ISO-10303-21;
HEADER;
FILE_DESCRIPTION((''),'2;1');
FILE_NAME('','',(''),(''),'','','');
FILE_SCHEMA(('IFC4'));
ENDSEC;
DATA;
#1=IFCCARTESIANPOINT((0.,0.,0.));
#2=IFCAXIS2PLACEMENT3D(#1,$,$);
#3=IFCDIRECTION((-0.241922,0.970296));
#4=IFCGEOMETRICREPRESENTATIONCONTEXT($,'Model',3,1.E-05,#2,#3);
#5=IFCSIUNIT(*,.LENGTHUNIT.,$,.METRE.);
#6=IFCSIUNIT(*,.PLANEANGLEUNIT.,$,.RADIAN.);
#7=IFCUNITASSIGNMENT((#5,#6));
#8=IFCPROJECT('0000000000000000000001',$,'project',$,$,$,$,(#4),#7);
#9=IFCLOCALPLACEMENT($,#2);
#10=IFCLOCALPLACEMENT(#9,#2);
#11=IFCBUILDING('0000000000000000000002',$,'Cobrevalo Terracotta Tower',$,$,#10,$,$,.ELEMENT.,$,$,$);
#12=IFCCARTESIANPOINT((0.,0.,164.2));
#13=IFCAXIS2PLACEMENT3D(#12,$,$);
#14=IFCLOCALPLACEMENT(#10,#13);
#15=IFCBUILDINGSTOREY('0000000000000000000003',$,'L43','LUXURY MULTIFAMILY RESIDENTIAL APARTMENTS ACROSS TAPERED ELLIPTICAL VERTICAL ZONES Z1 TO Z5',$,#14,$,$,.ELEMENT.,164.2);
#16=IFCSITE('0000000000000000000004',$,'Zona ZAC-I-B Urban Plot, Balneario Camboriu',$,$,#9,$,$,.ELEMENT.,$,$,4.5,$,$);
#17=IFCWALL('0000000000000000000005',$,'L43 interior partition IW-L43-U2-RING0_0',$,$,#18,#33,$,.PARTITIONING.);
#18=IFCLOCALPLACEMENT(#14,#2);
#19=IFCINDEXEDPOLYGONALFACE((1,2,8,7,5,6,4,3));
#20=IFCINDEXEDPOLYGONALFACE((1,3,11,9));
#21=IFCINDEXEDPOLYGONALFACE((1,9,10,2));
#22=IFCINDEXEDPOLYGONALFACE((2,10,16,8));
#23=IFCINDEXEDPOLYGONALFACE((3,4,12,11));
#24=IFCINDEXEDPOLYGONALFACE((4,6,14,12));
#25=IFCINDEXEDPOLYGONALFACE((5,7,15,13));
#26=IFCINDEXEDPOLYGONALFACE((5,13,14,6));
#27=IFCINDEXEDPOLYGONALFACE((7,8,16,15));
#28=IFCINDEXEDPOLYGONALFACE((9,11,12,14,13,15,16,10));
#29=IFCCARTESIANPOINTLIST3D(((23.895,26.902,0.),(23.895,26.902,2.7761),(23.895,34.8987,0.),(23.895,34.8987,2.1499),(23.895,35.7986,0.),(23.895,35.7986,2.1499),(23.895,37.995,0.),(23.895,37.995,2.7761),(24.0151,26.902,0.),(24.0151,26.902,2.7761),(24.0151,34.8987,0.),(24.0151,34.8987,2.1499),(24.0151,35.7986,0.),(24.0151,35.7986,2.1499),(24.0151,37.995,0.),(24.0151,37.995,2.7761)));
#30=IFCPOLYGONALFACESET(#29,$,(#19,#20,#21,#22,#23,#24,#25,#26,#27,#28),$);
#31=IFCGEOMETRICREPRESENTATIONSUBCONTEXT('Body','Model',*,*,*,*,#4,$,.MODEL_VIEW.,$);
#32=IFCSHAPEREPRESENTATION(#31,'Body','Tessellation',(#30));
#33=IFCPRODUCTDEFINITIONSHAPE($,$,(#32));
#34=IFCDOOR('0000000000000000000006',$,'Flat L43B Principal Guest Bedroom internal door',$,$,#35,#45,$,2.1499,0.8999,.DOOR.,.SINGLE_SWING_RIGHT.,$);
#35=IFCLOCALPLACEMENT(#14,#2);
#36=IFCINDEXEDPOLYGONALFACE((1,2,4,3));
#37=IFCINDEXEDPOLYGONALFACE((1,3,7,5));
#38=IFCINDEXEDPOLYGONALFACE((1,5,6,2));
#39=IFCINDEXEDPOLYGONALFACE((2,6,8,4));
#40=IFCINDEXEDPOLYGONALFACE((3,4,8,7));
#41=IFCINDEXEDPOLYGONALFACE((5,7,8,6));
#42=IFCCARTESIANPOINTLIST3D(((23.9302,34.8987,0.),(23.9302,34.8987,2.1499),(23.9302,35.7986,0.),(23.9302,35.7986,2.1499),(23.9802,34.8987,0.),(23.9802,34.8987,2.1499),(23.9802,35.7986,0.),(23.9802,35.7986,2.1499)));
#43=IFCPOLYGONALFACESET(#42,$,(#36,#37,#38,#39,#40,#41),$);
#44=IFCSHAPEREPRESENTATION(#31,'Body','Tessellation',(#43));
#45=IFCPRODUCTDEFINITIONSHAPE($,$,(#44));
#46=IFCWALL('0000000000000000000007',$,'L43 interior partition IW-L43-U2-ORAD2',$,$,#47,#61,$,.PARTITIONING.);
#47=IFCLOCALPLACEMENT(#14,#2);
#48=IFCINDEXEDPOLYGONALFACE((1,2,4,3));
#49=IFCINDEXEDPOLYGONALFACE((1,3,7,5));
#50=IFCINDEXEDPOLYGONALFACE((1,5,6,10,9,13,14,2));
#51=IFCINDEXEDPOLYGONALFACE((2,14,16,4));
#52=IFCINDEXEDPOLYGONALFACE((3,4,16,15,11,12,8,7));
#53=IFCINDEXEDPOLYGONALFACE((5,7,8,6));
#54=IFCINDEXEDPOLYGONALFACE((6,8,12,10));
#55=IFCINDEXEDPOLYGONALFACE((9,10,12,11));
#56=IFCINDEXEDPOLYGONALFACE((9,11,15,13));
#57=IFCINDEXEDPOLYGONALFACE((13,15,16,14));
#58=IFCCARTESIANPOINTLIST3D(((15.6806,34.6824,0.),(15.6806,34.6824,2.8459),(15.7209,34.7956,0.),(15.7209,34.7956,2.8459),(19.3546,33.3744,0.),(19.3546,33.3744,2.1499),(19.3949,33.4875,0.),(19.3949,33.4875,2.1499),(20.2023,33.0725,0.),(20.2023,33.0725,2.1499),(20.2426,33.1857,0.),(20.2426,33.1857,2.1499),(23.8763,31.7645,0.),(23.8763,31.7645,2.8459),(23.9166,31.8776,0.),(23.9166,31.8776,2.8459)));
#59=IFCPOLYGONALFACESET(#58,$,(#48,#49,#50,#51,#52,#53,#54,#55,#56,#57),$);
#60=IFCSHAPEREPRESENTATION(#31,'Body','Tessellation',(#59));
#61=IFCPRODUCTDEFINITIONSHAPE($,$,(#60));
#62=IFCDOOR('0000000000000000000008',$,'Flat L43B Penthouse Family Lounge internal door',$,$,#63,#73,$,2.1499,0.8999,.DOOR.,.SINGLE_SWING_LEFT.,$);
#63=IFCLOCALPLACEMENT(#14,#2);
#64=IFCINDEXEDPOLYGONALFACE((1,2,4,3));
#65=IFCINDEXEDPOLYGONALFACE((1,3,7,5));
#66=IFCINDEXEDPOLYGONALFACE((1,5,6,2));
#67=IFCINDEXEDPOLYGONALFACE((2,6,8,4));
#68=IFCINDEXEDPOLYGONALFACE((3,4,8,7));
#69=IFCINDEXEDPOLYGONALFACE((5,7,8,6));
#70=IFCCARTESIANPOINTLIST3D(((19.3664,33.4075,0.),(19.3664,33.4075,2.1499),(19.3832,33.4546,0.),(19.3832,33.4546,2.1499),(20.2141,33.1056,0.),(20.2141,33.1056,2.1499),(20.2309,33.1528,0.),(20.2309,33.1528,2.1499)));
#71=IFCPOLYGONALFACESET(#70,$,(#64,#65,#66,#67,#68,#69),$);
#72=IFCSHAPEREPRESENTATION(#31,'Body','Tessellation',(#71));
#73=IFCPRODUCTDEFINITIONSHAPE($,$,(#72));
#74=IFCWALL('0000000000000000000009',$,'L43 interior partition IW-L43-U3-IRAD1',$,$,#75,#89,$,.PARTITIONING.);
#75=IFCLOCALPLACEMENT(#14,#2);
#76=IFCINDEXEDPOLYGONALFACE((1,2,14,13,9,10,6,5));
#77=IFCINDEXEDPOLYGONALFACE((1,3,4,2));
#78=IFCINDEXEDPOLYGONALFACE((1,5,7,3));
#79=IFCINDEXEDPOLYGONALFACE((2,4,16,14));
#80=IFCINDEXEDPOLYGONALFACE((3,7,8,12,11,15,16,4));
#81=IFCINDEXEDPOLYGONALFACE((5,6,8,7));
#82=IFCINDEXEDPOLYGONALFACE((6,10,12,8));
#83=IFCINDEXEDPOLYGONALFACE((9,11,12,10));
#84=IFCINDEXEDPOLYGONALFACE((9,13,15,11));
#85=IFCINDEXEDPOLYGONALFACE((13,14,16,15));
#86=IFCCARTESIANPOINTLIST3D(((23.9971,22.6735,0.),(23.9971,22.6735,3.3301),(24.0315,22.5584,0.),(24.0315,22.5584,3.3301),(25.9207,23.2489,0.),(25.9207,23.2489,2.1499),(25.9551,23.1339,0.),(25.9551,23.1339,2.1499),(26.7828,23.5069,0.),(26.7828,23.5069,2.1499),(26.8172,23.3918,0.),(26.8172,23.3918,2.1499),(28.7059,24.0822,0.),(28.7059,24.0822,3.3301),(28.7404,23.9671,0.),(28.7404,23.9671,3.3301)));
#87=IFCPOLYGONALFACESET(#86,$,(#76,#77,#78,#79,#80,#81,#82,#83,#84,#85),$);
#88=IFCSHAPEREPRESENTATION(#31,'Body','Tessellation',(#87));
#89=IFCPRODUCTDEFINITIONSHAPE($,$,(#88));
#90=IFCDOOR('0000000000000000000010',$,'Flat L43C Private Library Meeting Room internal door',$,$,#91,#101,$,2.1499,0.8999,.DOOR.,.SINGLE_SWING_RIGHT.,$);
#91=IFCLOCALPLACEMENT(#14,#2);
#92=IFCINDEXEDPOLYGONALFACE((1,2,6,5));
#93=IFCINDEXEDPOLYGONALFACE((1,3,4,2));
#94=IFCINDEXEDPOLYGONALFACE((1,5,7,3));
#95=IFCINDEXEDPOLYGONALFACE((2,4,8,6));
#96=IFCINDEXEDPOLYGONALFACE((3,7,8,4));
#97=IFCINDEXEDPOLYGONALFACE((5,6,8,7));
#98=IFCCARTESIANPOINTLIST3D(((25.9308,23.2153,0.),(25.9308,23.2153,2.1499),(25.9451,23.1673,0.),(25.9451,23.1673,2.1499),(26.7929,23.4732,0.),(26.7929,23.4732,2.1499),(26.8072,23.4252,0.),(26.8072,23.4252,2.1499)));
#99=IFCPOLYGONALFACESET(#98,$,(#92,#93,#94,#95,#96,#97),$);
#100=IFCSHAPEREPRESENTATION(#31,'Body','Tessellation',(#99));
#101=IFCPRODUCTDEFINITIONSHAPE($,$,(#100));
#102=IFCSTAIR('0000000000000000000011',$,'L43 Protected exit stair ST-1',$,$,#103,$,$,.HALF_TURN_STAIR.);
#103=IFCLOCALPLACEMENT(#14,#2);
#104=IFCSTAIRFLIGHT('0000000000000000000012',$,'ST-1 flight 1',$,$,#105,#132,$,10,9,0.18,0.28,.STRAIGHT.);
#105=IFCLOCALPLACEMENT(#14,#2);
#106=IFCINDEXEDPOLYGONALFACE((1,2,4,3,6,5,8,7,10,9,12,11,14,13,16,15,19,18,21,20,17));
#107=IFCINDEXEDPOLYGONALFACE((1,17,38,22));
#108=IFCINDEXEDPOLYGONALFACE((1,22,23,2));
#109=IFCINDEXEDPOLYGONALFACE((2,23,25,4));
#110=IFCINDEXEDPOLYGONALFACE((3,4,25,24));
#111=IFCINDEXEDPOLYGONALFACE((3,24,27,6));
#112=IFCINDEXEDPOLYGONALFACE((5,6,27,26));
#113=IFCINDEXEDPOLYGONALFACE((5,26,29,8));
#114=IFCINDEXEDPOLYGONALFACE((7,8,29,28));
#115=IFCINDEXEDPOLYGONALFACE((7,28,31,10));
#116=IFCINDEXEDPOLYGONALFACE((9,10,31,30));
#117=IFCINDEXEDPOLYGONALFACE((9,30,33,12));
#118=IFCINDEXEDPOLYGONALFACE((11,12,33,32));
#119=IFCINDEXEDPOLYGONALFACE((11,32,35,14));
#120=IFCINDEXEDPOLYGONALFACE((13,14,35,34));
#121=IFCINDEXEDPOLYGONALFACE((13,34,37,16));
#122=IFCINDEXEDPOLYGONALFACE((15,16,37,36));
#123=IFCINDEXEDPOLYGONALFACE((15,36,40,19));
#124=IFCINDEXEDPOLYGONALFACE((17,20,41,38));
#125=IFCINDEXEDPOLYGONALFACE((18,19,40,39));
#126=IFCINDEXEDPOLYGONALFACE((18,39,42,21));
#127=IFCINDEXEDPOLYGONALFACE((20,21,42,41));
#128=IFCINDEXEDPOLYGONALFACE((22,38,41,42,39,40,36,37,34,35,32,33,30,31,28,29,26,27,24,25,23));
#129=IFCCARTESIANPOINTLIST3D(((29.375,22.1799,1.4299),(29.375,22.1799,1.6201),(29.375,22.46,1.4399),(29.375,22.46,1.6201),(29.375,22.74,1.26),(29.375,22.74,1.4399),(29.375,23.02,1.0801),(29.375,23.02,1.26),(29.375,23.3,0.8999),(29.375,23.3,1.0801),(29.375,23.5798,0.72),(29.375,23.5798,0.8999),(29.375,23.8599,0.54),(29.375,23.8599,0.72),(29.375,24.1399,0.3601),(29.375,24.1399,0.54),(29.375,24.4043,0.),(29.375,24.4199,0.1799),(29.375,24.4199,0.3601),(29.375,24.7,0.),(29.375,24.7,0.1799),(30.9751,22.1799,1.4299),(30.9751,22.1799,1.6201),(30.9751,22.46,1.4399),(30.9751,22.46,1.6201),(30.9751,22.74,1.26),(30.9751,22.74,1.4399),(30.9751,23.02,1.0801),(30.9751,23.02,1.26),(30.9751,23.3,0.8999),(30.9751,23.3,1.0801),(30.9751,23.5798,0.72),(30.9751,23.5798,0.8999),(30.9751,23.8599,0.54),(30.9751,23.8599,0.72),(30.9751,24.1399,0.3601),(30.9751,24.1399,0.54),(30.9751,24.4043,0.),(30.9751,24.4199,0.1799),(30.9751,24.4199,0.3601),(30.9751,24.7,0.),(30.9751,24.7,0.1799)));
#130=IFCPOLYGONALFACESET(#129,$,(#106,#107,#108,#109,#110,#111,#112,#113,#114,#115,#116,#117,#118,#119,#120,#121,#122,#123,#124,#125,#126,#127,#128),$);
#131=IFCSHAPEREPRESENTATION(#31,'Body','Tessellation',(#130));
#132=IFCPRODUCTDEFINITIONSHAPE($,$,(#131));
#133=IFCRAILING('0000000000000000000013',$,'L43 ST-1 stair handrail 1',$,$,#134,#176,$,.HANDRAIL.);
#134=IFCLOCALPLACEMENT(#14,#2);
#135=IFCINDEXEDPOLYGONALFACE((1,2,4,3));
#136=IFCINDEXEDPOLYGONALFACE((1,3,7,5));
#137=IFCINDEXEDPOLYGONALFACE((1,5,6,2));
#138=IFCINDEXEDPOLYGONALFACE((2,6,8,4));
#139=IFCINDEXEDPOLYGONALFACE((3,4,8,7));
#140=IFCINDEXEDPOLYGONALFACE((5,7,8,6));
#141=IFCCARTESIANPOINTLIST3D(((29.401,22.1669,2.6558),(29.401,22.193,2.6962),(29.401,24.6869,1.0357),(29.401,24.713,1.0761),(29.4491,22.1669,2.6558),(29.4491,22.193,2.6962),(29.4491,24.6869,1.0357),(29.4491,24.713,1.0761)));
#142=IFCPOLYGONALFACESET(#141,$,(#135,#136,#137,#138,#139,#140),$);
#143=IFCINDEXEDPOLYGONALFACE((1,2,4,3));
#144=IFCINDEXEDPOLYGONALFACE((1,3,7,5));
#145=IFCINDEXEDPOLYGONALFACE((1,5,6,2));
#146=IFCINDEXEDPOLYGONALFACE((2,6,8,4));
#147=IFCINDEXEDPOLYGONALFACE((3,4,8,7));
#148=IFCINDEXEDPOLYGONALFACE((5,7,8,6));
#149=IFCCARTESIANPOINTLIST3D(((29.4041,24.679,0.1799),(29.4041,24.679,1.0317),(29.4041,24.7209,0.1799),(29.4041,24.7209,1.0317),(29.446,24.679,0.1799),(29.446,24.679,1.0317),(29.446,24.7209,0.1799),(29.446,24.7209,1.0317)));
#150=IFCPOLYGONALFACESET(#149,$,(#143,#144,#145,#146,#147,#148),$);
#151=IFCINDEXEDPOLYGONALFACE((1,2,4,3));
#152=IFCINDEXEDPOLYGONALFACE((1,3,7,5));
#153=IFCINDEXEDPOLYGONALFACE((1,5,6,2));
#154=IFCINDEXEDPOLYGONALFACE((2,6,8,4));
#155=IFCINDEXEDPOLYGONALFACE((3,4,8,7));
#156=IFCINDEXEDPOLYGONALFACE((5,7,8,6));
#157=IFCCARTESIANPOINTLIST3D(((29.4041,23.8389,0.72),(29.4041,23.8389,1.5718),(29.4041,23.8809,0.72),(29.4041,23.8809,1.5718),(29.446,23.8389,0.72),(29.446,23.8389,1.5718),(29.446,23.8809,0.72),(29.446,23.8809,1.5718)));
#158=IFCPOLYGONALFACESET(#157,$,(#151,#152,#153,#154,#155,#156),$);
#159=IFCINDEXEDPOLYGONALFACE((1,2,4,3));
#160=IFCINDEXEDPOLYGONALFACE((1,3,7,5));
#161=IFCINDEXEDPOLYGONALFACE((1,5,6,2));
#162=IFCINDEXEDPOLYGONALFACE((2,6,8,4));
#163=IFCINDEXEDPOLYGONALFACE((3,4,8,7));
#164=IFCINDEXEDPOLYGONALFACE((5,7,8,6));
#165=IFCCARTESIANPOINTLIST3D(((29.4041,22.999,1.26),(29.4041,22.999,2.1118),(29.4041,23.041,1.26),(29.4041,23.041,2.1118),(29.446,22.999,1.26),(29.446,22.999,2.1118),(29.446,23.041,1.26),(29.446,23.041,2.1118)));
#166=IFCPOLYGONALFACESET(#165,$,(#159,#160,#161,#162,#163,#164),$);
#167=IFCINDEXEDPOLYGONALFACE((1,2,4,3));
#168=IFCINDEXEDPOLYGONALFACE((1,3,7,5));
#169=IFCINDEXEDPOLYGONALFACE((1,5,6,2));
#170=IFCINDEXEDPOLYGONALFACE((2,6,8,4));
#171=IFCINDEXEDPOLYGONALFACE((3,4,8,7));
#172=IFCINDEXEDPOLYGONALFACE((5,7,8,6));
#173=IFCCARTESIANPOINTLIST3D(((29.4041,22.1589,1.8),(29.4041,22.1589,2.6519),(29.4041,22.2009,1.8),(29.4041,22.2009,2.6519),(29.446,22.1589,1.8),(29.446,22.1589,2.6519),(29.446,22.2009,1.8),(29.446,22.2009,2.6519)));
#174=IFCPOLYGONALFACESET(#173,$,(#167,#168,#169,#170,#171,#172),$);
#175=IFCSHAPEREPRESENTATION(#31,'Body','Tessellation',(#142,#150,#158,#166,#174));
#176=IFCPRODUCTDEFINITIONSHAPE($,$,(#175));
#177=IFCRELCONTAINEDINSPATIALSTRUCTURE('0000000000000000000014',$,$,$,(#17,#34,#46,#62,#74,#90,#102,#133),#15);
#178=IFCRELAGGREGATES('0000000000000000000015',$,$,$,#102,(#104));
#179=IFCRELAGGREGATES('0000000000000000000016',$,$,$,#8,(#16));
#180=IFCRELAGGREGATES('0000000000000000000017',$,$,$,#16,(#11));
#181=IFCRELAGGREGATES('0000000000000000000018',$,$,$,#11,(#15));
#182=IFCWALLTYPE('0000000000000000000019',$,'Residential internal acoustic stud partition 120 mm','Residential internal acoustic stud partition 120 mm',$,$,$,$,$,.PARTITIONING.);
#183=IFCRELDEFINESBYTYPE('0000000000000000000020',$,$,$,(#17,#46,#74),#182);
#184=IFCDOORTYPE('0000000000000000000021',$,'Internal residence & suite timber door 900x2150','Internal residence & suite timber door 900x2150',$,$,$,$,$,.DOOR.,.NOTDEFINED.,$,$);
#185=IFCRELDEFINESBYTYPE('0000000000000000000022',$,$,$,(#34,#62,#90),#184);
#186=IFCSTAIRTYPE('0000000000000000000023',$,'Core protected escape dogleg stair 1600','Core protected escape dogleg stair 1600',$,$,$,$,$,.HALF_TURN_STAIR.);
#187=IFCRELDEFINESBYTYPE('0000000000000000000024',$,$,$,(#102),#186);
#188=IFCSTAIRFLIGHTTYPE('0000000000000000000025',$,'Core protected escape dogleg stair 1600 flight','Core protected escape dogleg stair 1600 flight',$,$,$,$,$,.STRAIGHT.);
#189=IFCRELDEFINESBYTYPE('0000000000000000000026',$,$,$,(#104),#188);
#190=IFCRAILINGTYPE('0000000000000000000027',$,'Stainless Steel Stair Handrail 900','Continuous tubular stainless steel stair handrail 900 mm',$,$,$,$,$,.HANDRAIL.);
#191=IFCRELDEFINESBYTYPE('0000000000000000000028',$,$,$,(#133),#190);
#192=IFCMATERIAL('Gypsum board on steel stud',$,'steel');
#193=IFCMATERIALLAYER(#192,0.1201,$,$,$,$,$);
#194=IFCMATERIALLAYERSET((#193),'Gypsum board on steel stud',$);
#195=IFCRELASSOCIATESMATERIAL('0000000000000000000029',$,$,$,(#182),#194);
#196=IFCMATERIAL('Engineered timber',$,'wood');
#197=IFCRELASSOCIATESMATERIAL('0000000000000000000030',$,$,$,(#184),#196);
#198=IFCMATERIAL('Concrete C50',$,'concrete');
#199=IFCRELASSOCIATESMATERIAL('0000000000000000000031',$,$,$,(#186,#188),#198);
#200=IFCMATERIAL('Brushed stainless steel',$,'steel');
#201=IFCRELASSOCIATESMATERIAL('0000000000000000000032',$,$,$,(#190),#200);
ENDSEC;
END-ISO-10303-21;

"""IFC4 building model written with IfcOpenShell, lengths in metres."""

from ifc_helpers import new_model, si_unit, direction, frame, frame_2d, origin, origin_2d, place, context, subcontext, project, spatial, polyline, rectangle, outline, extrude, source, transform, mapped, material, layer, layer_set, type_object, element, fill, aggregate, save


model = new_model("IFC4")

# Units and contexts
model_context = context("Model", 3, precision=1e-05, world=origin(), true_north=direction((-0.241922, 0.970296)))
body_context = subcontext(model_context, "Body", "Model", "MODEL_VIEW")
ifc_project = project(units=[si_unit("LENGTHUNIT", "METRE"), si_unit("PLANEANGLEUNIT", "RADIAN")], contexts=[model_context])

# Site, building, storey
site_placement = place(None, origin())
site = spatial("IfcSite", under=ifc_project, at=site_placement, Name="Zona ZAC-I-B Urban Plot, Balneario Camboriu", CompositionType="ELEMENT", RefElevation=4.5)
building_placement = place(site_placement, origin())
building = spatial("IfcBuilding", under=site, at=building_placement, Name="Cobrevalo Terracotta Tower", CompositionType="ELEMENT")
storey_placement = place(building_placement, frame((0.0, 0.0, 164.2)))
storey = spatial("IfcBuildingStorey", under=building, at=storey_placement, Name="L43", Description="LUXURY MULTIFAMILY RESIDENTIAL APARTMENTS ACROSS TAPERED ELLIPTICAL VERTICAL ZONES Z1 TO Z5", CompositionType="ELEMENT", Elevation=164.2)

# Shared definitions
ifc_material_1 = material(Name="Gypsum board on steel stud", Category="steel")

# Shared definitions
ifc_material_2 = material(Name="Brushed stainless steel", Category="steel")

# Walls, openings, doors
ifc_layer_1 = layer(ifc_material_1, 0.1201)
ifc_layer_set_1 = layer_set([ifc_layer_1], Name="Gypsum board on steel stud")
wall_type_1 = type_object("IfcWallType", Name="Residential internal acoustic stud partition 120 mm", Description="Residential internal acoustic stud partition 120 mm", PredefinedType="PARTITIONING", material=ifc_layer_set_1)
wall_1_placement = place(storey_placement, frame((23.9551, 26.9021, 0.0), z_axis=(0.0, 0.0, 1.0), x_axis=(0.0, 1.0, 0.0)))
wall_1 = element("IfcWall", 1, at=wall_1_placement, inside=storey, type_object=wall_type_1, Name="L43 interior partition IW-L43-U2-RING0_0", PredefinedType="PARTITIONING", context=body_context, shape_type="SweptSolid", body=[
    extrude(rectangle(XDim=11.093, YDim=0.1201, at=frame_2d((5.5464, 0.0))), origin(), (0.0, 0.0, 1.0), 2.7761),
])
opening_1_placement = place(wall_1_placement, frame((7.9966, 0.0, 0.0)))
opening_1 = element("IfcOpeningElement", 2, at=opening_1_placement, cuts=wall_1, PredefinedType="OPENING", context=body_context, shape_type="SweptSolid", body=[
    extrude(rectangle(XDim=0.8999, YDim=2.1499, at=frame_2d((0.45, 1.075))), frame((0.0, 0.0701, 0.0), z_axis=(0.0, -1.0, 0.0), x_axis=(1.0, 0.0, 0.0)), (0.0, 0.0, 1.0), 0.1401),
])
ifc_material_3 = material(Name="Engineered timber", Category="wood")
door_type_1 = type_object("IfcDoorType", Name="Internal residence & suite timber door 900x2150", Description="Internal residence & suite timber door 900x2150", OperationType="NOTDEFINED", PredefinedType="DOOR", material=ifc_material_3)
shared_shape_1 = source(origin(), body_context, "Body", "SweptSolid", [
    extrude(rectangle(XDim=0.8999, YDim=2.1499, at=frame_2d((0.45, 1.075))), frame((0.0, 0.0249, 0.0), z_axis=(0.0, -1.0, 0.0), x_axis=(1.0, 0.0, 0.0)), (0.0, 0.0, 1.0), 0.05),
])
door_1_placement = place(opening_1_placement, origin())
door_1 = element("IfcDoor", 3, at=door_1_placement, inside=storey, type_object=door_type_1, Name="Flat L43B Principal Guest Bedroom internal door", OperationType="SINGLE_SWING_RIGHT", OverallHeight=2.1499, OverallWidth=0.8999, PredefinedType="DOOR", context=body_context, shape_type="MappedRepresentation", body=[
    mapped(shared_shape_1, transform((0.0, 0.0, 0.0), scale=1.0)),
])
fill(opening_1, door_1)
wall_2_placement = place(storey_placement, frame((23.8965, 31.821, 0.0), z_axis=(0.0, 0.0, 1.0), x_axis=(-0.942073, 0.335408, 0.0)))
wall_2 = element("IfcWall", 4, at=wall_2_placement, inside=storey, type_object=wall_type_1, Name="L43 interior partition IW-L43-U2-ORAD2", PredefinedType="PARTITIONING", context=body_context, shape_type="SweptSolid", body=[
    extrude(rectangle(XDim=8.6997, YDim=0.1201, at=frame_2d((4.3499, 0.0))), origin(), (0.0, 0.0, 1.0), 2.8459),
])
opening_2_placement = place(wall_2_placement, frame((3.8999, 0.0, 0.0)))
opening_2 = element("IfcOpeningElement", 5, at=opening_2_placement, cuts=wall_2, PredefinedType="OPENING", context=body_context, shape_type="SweptSolid", body=[
    extrude(rectangle(XDim=0.8999, YDim=2.1499, at=frame_2d((0.45, 1.075))), frame((0.0, 0.0701, 0.0), z_axis=(0.0, -1.0, 0.0), x_axis=(1.0, 0.0, 0.0)), (0.0, 0.0, 1.0), 0.1401),
])
door_2_placement = place(opening_2_placement, origin())
door_2 = element("IfcDoor", 6, at=door_2_placement, inside=storey, type_object=door_type_1, Name="Flat L43B Penthouse Family Lounge internal door", OperationType="SINGLE_SWING_LEFT", OverallHeight=2.1499, OverallWidth=0.8999, PredefinedType="DOOR", context=body_context, shape_type="MappedRepresentation", body=[
    mapped(shared_shape_1, transform((0.0, 0.0, 0.0), scale=1.0)),
])
fill(opening_2, door_2)
wall_3_placement = place(storey_placement, frame((28.7231, 24.0247, 0.0), z_axis=(0.0, 0.0, 1.0), x_axis=(-0.958046, -0.286614, 0.0)))
wall_3 = element("IfcWall", 7, at=wall_3_placement, inside=storey, type_object=wall_type_1, Name="L43 interior partition IW-L43-U3-IRAD1", PredefinedType="PARTITIONING", context=body_context, shape_type="SweptSolid", body=[
    extrude(rectangle(XDim=4.915, YDim=0.1201, at=frame_2d((2.4575, 0.0))), origin(), (0.0, 0.0, 1.0), 3.3301),
])
opening_3_placement = place(wall_3_placement, frame((2.0073, 0.0, 0.0)))
opening_3 = element("IfcOpeningElement", 8, at=opening_3_placement, cuts=wall_3, PredefinedType="OPENING", context=body_context, shape_type="SweptSolid", body=[
    extrude(rectangle(XDim=0.8999, YDim=2.1499, at=frame_2d((0.45, 1.075))), frame((0.0, 0.0701, 0.0), z_axis=(0.0, -1.0, 0.0), x_axis=(1.0, 0.0, 0.0)), (0.0, 0.0, 1.0), 0.1401),
])
door_3_placement = place(opening_3_placement, frame((0.8999, 0.0, 0.0), z_axis=(0.0, 0.0, 1.0), x_axis=(-1.0, 0.0, 0.0)))
door_3 = element("IfcDoor", 9, at=door_3_placement, inside=storey, type_object=door_type_1, Name="Flat L43C Private Library Meeting Room internal door", OperationType="SINGLE_SWING_RIGHT", OverallHeight=2.1499, OverallWidth=0.8999, PredefinedType="DOOR", context=body_context, shape_type="MappedRepresentation", body=[
    mapped(shared_shape_1, transform((0.0, 0.0, 0.0), scale=1.0)),
])
fill(opening_3, door_3)
ifc_material_4 = material(Name="Concrete C50", Category="concrete")

# Stair, stair flight
stair_type = type_object("IfcStairType", Name="Core protected escape dogleg stair 1600", Description="Core protected escape dogleg stair 1600", PredefinedType="HALF_TURN_STAIR", material=ifc_material_4)
stair_placement = place(storey_placement, origin())
stair = element("IfcStair", 10, at=stair_placement, inside=storey, type_object=stair_type, Name="L43 Protected exit stair ST-1", PredefinedType="HALF_TURN_STAIR")
stair_flight_type = type_object("IfcStairFlightType", Name="Core protected escape dogleg stair 1600 flight", Description="Core protected escape dogleg stair 1600 flight", PredefinedType="STRAIGHT", material=ifc_material_4)
stair_flight_placement = place(storey_placement, frame((30.175, 24.7, 0.0), z_axis=(0.0, 0.0, 1.0), x_axis=(0.0, -1.0, 0.0)))
stair_flight = element("IfcStairFlight", 11, at=stair_flight_placement, type_object=stair_flight_type, Name="ST-1 flight 1", NumberOfRisers=10, NumberOfTreads=9, PredefinedType="STRAIGHT", RiserHeight=0.18, TreadLength=0.28, context=body_context, shape_type="SweptSolid", body=[
    extrude(outline(polyline([(0.0, 0.0), (0.0, 0.1799), (0.28, 0.1799), (0.28, 0.3601), (0.5601, 0.3601), (0.5601, 0.54), (0.8401, 0.54), (0.8401, 0.72), (1.1201, 0.72), (1.1201, 0.8999), (1.3999, 0.8999), (1.3999, 1.0801), (1.6799, 1.0801), (1.6799, 1.26), (1.96, 1.26), (1.96, 1.4399), (2.24, 1.4399), (2.24, 1.6201), (2.52, 1.6201), (2.52, 1.8), (2.52, 1.4299), (0.2957, 0.0), (0.0, 0.0)])), frame((0.0, 0.8, 0.0), z_axis=(0.0, -1.0, 0.0), x_axis=(1.0, 0.0, 0.0)), (0.0, 0.0, 1.0), 1.6001),
])
aggregate(stair, [stair_flight])

# Railing
railing_type_1 = type_object("IfcRailingType", Name="Stainless Steel Stair Handrail 900", Description="Continuous tubular stainless steel stair handrail 900 mm", PredefinedType="HANDRAIL", material=ifc_material_2)
railing_1_placement = place(storey_placement, frame((29.425, 24.7, 0.1799)))
element("IfcRailing", 12, at=railing_1_placement, inside=storey, type_object=railing_type_1, Name="L43 ST-1 stair handrail 1", PredefinedType="HANDRAIL", context=body_context, shape_type="SweptSolid", body=[
    extrude(rectangle(XDim=0.0481, YDim=0.0481, at=origin_2d()), frame((0.0, 0.0, 0.876), z_axis=(0.0, -0.841163, 0.540782), x_axis=(1.0, 0.0, 0.0)), (0.0, 0.0, 1.0), 2.9958),
    extrude(rectangle(XDim=0.042, YDim=0.042, at=origin_2d()), origin(), (0.0, 0.0, 1.0), 0.8518),
    extrude(rectangle(XDim=0.042, YDim=0.042, at=origin_2d()), frame((0.0, -0.8401, 0.54)), (0.0, 0.0, 1.0), 0.8518),
    extrude(rectangle(XDim=0.042, YDim=0.042, at=origin_2d()), frame((0.0, -1.6799, 1.0801)), (0.0, 0.0, 1.0), 0.8518),
    extrude(rectangle(XDim=0.042, YDim=0.042, at=origin_2d()), frame((0.0, -2.52, 1.6201)), (0.0, 0.0, 1.0), 0.8518),
])

save(model, "model.ifc")
